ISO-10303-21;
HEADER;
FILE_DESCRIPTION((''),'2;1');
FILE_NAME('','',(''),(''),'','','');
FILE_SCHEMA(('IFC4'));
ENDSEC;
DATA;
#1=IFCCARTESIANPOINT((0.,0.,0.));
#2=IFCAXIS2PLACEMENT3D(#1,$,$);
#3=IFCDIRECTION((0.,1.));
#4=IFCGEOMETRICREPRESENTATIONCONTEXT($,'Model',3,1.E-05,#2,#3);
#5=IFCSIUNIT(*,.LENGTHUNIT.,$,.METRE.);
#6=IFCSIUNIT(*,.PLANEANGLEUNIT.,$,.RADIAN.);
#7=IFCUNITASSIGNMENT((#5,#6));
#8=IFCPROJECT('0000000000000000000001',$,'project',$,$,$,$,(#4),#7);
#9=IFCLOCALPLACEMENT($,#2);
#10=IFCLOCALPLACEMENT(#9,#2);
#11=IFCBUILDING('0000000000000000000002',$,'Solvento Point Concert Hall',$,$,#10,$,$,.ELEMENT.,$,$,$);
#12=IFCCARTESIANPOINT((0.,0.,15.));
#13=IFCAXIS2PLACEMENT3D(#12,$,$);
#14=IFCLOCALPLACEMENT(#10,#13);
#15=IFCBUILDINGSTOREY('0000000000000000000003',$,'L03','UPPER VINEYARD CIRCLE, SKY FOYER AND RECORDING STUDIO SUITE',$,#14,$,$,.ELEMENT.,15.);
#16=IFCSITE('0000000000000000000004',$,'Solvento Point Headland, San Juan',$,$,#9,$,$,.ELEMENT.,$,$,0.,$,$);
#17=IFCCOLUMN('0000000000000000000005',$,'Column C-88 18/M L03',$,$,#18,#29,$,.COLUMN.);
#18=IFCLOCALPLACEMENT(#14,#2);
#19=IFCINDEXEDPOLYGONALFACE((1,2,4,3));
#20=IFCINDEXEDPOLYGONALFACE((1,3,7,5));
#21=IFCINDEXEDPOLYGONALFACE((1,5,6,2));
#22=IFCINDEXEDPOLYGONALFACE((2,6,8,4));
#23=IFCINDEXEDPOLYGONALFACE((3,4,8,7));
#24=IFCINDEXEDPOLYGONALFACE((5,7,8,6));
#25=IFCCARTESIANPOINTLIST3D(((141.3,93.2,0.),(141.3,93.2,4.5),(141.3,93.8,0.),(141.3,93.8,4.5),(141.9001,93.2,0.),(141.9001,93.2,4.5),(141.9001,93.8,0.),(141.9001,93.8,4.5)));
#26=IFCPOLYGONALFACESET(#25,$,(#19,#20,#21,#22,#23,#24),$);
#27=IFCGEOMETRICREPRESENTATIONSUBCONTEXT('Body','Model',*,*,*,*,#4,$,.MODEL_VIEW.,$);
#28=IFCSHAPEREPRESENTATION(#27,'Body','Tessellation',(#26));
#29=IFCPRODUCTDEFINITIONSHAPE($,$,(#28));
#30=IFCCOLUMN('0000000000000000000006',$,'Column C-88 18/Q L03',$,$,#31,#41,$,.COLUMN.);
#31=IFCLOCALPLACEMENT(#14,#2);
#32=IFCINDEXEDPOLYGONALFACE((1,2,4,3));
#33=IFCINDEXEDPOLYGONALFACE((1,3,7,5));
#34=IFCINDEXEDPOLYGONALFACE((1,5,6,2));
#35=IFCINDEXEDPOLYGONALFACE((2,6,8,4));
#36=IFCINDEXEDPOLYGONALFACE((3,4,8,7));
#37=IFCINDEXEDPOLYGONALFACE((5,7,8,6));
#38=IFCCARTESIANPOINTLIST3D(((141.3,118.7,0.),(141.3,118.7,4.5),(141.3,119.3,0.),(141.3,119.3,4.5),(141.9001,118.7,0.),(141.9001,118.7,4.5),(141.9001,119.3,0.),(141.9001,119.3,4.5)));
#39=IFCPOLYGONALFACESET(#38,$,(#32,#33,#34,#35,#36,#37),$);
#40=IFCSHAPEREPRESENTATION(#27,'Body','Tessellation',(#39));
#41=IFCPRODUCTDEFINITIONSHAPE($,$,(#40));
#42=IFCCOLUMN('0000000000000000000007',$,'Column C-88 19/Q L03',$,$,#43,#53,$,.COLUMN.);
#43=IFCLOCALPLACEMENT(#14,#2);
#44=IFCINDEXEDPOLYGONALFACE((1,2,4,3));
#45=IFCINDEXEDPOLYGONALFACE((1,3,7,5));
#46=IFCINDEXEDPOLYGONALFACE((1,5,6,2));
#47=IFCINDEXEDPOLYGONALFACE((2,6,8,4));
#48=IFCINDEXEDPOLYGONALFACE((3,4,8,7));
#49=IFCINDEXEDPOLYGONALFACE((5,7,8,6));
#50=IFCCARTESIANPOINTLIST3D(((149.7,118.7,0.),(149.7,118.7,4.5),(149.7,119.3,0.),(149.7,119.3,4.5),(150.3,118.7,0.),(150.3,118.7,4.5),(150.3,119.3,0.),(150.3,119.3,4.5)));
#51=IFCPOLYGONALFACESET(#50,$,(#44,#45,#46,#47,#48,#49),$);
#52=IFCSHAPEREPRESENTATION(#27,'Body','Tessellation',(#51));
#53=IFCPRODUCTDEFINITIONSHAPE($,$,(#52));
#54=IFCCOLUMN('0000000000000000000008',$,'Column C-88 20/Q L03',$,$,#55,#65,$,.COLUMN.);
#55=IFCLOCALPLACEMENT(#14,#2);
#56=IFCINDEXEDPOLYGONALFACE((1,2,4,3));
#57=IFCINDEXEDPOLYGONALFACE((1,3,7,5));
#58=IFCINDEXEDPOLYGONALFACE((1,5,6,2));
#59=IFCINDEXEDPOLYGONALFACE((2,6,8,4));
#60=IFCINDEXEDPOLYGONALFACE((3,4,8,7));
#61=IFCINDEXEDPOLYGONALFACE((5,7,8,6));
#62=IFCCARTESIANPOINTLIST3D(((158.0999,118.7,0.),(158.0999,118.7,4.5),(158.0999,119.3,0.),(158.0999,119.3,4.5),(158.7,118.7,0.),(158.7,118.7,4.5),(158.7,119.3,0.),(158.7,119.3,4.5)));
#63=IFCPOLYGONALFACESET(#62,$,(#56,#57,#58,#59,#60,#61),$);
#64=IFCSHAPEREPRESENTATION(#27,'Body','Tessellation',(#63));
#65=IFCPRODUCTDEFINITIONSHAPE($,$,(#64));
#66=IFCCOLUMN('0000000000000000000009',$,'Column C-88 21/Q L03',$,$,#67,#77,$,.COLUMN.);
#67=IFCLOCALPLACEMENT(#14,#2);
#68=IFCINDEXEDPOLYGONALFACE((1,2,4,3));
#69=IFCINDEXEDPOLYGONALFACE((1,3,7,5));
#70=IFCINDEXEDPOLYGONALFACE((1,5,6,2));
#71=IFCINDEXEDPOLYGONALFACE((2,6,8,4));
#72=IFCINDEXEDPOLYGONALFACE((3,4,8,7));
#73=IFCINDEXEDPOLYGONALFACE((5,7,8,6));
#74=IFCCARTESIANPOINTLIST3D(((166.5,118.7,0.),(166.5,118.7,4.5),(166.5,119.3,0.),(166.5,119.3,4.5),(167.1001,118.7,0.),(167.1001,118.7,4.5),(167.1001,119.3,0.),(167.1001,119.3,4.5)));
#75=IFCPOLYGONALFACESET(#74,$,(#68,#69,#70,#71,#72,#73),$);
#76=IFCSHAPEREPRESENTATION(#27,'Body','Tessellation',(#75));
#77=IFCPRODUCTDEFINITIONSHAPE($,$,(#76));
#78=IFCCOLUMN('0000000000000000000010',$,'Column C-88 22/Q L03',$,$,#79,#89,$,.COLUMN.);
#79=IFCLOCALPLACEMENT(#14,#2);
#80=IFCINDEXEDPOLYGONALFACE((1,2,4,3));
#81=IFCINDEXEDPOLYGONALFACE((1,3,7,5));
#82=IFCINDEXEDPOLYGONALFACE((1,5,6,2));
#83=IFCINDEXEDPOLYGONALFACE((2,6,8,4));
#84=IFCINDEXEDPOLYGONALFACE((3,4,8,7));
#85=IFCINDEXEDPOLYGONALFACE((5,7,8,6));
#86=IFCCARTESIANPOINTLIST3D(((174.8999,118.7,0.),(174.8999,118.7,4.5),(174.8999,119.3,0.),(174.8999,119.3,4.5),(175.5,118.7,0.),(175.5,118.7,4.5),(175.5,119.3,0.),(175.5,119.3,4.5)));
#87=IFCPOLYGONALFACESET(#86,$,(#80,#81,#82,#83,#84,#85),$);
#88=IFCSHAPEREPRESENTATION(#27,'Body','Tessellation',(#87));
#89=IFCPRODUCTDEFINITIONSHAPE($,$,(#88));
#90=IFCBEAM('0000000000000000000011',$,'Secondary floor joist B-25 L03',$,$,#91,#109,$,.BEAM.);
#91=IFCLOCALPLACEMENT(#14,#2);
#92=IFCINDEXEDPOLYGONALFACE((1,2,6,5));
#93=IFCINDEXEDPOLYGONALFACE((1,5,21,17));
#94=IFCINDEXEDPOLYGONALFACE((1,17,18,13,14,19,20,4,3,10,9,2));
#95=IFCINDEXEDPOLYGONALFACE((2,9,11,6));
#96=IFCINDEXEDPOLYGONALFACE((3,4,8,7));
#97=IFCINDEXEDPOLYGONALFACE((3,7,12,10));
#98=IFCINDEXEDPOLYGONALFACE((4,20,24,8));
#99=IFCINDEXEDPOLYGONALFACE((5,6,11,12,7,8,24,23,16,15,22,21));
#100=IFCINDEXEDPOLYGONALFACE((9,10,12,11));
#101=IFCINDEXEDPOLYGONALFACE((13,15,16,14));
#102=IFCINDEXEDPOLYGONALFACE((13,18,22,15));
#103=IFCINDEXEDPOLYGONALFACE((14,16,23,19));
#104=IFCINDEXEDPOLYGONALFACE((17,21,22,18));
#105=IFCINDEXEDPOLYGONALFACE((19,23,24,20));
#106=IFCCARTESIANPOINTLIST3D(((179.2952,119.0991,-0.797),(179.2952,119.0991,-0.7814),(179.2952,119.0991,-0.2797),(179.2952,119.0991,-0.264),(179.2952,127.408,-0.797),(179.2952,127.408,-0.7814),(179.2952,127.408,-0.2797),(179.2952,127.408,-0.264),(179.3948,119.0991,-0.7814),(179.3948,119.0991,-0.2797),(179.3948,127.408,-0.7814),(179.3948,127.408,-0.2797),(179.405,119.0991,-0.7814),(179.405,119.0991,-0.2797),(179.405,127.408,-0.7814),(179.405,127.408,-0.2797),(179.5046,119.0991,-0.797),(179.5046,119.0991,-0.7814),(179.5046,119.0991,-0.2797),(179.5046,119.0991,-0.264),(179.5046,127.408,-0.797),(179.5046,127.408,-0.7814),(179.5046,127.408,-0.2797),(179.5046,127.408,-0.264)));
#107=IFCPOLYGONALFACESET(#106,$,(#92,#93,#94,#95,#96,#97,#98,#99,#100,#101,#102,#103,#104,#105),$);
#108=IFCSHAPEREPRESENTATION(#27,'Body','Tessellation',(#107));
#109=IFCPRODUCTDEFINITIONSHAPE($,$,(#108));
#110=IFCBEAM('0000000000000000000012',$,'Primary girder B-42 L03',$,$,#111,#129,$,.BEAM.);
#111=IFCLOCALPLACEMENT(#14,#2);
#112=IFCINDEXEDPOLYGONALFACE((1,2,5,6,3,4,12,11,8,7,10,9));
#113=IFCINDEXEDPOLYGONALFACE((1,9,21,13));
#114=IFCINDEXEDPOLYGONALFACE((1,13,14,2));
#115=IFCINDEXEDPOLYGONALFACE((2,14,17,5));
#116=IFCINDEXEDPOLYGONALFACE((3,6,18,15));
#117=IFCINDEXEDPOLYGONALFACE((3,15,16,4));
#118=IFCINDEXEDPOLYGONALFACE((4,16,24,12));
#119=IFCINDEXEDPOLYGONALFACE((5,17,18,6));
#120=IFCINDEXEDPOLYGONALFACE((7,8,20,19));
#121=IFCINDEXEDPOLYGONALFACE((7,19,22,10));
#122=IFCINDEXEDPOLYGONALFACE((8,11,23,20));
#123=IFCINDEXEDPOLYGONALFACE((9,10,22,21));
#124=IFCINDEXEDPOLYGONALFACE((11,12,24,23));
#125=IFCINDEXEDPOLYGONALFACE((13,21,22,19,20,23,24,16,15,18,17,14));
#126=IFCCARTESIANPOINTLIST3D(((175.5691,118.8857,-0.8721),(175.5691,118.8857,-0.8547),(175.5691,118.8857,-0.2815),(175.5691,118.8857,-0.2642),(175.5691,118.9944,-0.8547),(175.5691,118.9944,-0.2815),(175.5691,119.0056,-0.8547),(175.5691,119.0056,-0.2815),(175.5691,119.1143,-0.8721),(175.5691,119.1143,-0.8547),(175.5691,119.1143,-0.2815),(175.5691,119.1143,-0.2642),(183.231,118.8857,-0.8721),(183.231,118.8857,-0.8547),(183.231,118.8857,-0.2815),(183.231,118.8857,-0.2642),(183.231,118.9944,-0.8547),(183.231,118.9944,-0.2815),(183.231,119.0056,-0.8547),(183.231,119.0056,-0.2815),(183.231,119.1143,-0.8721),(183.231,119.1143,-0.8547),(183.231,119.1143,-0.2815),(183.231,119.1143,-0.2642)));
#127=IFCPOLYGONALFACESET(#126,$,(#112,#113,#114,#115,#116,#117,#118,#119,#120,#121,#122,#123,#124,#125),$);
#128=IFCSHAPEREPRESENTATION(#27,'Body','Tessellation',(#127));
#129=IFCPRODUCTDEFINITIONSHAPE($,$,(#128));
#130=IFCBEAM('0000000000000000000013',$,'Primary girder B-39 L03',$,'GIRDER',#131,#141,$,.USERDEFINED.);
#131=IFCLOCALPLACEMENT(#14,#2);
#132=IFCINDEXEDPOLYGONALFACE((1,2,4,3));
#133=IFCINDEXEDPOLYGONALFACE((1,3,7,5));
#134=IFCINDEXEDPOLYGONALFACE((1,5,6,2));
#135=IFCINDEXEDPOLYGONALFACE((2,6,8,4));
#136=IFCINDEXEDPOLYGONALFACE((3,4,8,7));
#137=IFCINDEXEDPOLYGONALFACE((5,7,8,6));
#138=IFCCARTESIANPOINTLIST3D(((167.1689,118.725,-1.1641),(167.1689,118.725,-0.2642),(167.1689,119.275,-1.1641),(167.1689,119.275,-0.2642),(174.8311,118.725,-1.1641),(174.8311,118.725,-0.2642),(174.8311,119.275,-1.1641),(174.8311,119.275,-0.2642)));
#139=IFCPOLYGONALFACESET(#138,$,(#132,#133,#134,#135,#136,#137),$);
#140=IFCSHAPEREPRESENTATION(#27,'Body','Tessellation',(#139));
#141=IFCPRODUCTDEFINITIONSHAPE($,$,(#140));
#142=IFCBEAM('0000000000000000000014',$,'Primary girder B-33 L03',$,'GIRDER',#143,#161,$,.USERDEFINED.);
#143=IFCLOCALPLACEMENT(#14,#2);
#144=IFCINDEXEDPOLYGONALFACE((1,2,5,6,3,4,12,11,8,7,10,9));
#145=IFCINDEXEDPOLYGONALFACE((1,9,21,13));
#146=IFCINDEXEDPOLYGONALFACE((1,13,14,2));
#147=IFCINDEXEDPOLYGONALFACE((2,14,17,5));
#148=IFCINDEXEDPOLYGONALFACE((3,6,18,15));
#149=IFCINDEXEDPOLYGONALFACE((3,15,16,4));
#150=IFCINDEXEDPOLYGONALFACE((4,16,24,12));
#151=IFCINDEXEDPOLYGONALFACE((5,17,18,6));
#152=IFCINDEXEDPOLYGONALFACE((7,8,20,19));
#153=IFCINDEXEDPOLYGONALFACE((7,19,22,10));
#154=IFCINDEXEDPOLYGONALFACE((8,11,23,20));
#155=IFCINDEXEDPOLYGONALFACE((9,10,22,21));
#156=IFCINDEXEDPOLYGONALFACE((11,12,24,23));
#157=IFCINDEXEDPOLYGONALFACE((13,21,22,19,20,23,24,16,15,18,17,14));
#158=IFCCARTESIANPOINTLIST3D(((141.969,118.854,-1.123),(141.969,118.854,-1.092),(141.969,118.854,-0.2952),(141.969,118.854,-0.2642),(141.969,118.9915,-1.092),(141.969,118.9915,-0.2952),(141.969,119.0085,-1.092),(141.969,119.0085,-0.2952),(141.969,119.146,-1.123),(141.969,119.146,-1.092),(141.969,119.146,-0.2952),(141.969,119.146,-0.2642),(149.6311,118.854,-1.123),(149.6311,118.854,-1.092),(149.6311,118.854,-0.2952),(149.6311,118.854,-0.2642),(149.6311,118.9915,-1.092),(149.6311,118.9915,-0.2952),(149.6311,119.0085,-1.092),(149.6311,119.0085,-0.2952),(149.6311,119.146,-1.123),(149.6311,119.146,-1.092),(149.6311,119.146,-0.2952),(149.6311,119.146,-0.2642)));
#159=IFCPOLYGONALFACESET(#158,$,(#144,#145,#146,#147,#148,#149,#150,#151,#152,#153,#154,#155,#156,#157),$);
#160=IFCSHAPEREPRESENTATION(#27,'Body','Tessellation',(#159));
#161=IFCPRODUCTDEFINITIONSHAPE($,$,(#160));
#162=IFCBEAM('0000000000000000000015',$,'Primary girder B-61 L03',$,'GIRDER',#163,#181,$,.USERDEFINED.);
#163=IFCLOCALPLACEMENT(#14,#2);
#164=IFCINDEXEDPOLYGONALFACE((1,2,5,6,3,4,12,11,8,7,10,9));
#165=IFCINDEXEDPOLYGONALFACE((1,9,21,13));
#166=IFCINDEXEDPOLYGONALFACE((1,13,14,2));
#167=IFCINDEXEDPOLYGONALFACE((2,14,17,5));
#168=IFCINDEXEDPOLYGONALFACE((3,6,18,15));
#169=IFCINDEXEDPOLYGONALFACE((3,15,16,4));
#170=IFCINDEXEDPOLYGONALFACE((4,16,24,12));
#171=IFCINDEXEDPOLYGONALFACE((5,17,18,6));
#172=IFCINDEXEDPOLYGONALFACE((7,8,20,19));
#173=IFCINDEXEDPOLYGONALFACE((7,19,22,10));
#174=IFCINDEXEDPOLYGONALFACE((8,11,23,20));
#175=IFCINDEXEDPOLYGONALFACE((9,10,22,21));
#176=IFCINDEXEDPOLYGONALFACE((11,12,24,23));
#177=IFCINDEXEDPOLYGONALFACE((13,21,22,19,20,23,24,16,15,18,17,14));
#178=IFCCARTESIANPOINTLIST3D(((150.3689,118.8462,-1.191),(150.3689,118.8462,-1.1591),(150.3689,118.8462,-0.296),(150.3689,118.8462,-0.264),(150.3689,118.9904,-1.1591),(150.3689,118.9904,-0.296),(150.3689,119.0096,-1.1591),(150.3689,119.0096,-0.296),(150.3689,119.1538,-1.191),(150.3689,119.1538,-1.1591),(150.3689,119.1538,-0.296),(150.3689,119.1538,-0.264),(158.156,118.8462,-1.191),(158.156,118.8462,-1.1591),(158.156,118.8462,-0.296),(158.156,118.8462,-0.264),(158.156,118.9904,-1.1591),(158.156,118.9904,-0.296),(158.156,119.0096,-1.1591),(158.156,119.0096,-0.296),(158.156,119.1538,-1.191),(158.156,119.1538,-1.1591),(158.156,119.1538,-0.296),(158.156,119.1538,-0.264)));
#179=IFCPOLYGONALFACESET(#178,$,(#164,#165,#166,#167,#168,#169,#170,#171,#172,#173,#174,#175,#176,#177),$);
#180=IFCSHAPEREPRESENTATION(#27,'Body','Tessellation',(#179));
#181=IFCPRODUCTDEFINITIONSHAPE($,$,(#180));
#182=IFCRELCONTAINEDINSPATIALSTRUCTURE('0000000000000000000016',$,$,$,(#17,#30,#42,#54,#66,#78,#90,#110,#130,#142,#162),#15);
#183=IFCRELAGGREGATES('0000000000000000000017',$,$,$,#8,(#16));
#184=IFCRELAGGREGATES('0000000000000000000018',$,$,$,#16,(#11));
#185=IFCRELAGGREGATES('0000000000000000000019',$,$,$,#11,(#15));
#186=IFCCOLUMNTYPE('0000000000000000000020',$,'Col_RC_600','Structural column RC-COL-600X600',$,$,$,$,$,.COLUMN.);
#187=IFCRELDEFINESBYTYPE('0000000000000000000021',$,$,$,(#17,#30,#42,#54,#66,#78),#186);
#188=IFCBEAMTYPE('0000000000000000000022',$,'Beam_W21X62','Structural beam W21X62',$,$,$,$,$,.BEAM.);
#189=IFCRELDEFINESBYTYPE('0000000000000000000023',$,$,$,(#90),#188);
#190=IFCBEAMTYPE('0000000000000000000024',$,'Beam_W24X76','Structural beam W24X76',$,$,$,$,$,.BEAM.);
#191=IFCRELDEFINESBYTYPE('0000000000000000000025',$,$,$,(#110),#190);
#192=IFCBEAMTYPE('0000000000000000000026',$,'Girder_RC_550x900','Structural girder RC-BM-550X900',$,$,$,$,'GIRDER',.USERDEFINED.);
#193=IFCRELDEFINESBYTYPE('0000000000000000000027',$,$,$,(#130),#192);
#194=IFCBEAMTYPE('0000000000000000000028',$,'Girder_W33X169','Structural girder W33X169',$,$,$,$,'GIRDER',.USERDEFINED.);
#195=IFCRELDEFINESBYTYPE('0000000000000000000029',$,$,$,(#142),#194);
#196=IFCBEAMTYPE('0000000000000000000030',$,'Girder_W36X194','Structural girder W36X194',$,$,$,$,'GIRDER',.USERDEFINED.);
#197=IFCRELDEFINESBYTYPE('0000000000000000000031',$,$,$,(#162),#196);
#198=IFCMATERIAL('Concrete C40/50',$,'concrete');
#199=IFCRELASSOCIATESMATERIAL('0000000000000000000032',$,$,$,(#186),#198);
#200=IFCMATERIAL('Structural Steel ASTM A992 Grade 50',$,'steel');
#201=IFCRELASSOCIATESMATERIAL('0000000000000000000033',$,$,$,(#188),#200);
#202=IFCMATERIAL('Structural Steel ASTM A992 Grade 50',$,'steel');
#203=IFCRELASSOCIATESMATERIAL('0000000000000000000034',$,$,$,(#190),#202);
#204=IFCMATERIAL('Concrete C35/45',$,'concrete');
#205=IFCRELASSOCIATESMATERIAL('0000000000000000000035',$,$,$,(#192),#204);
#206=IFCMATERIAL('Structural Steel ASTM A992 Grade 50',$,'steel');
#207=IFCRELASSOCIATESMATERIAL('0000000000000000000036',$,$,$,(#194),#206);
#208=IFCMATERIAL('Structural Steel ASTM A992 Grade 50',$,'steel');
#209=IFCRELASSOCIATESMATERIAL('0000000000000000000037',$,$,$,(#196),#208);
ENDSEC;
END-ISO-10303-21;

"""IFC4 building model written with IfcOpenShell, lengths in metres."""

from ifc_helpers import new_model, si_unit, direction, frame, origin, origin_2d, place, context, subcontext, project, spatial, rectangle, i_section, extrude, material, material_profile, profile_set, type_object, element, save


model = new_model("IFC4")

# Units and contexts
model_context = context("Model", 3, precision=1e-05, world=origin(), true_north=direction((0.0, 1.0)))
body_context = subcontext(model_context, "Body", "Model", "MODEL_VIEW")
ifc_project = project(units=[si_unit("LENGTHUNIT", "METRE"), si_unit("PLANEANGLEUNIT", "RADIAN")], contexts=[model_context])

# Site, building, storey
site_placement = place(None, origin())
site = spatial("IfcSite", under=ifc_project, at=site_placement, Name="Solvento Point Headland, San Juan", CompositionType="ELEMENT", RefElevation=0.0)
building_placement = place(site_placement, origin())
building = spatial("IfcBuilding", under=site, at=building_placement, Name="Solvento Point Concert Hall", CompositionType="ELEMENT")
storey_placement = place(building_placement, frame((0.0, 0.0, 15.0)))
storey = spatial("IfcBuildingStorey", under=building, at=storey_placement, Name="L03", Description="UPPER VINEYARD CIRCLE, SKY FOYER AND RECORDING STUDIO SUITE", CompositionType="ELEMENT", Elevation=15.0)

# Columns
ifc_material_1 = material(Name="Concrete C40/50", Category="concrete")
ifc_material_profile_1 = material_profile(ifc_material_1, rectangle(XDim=0.6001, YDim=0.6001, at=origin_2d()), Name="RC-COL-600X600")
ifc_profile_set_1 = profile_set([ifc_material_profile_1], Name="Concrete C40/50")
column_type = type_object("IfcColumnType", Name="Col_RC_600", Description="Structural column RC-COL-600X600", PredefinedType="COLUMN", material=ifc_profile_set_1)
for number, where, z_axis, x_axis, name in (
    (1, (141.6001, 93.5, 0.0), (0.0, 0.0, 1.0), (1.0, 0.0, 0.0), "Column C-88 18/M L03"),
    (2, (141.6001, 119.0, 0.0), (0.0, 0.0, 1.0), (1.0, 0.0, 0.0), "Column C-88 18/Q L03"),
    (3, (150.0, 119.0, 0.0), (0.0, 0.0, 1.0), (1.0, 0.0, 0.0), "Column C-88 19/Q L03"),
    (4, (158.3999, 119.0, 0.0), (0.0, 0.0, 1.0), (1.0, 0.0, 0.0), "Column C-88 20/Q L03"),
    (5, (166.8, 119.0, 0.0), (0.0, 0.0, 1.0), (1.0, 0.0, 0.0), "Column C-88 21/Q L03"),
    (6, (175.2, 119.0, 0.0), (0.0, 0.0, 1.0), (1.0, 0.0, 0.0), "Column C-88 22/Q L03"),
):
    element("IfcColumn", number, at=place(storey_placement, frame(where, z_axis=z_axis, x_axis=x_axis)), inside=storey, type_object=column_type, Name=name, PredefinedType="COLUMN", context=body_context, shape_type="SweptSolid", body=[
        extrude(rectangle(XDim=0.6001, YDim=0.6001, at=origin_2d()), origin(), (0.0, 0.0, 1.0), 4.5),
    ])

# Beams
ifc_material_2 = material(Name="Structural Steel ASTM A992 Grade 50", Category="steel")
ifc_material_profile_2 = material_profile(ifc_material_2, i_section(OverallWidth=0.2095, OverallDepth=0.533, WebThickness=0.0103, FlangeThickness=0.0156, at=origin_2d()), Name="W21X62")
ifc_profile_set_2 = profile_set([ifc_material_profile_2], Name="Structural Steel ASTM A992 Grade 50")
beam_type_1 = type_object("IfcBeamType", Name="Beam_W21X62", Description="Structural beam W21X62", PredefinedType="BEAM", material=ifc_profile_set_2)
beam_1_placement = place(storey_placement, frame((179.3999, 119.0991, -0.5305), z_axis=(0.0, 1.0, 0.0), x_axis=(-1.0, 0.0, 0.0)))
element("IfcBeam", 7, at=beam_1_placement, inside=storey, type_object=beam_type_1, Name="Secondary floor joist B-25 L03", PredefinedType="BEAM", context=body_context, shape_type="SweptSolid", body=[
    extrude(i_section(OverallWidth=0.2095, OverallDepth=0.533, WebThickness=0.0103, FlangeThickness=0.0156, at=origin_2d()), origin(), (0.0, 0.0, 1.0), 8.3088),
])
ifc_material_3 = material(Name="Structural Steel ASTM A992 Grade 50", Category="steel")
ifc_material_profile_3 = material_profile(ifc_material_3, i_section(OverallWidth=0.2285, OverallDepth=0.6079, WebThickness=0.0112, FlangeThickness=0.0173, at=origin_2d()), Name="W24X76")
ifc_profile_set_3 = profile_set([ifc_material_profile_3], Name="Structural Steel ASTM A992 Grade 50")
beam_type_2 = type_object("IfcBeamType", Name="Beam_W24X76", Description="Structural beam W24X76", PredefinedType="BEAM", material=ifc_profile_set_3)
beam_2_placement = place(storey_placement, frame((175.5691, 119.0, -0.5681), z_axis=(1.0, 0.0, 0.0), x_axis=(0.0, 1.0, 0.0)))
element("IfcBeam", 8, at=beam_2_placement, inside=storey, type_object=beam_type_2, Name="Primary girder B-42 L03", PredefinedType="BEAM", context=body_context, shape_type="SweptSolid", body=[
    extrude(i_section(OverallWidth=0.2285, OverallDepth=0.6079, WebThickness=0.0112, FlangeThickness=0.0173, at=origin_2d()), origin(), (0.0, 0.0, 1.0), 7.6619),
])
ifc_material_4 = material(Name="Concrete C35/45", Category="concrete")
ifc_material_profile_4 = material_profile(ifc_material_4, rectangle(XDim=0.55, YDim=0.8999, at=origin_2d()), Name="RC-BM-550X900")
ifc_profile_set_4 = profile_set([ifc_material_profile_4], Name="Concrete C35/45")
beam_type_3 = type_object("IfcBeamType", Name="Girder_RC_550x900", Description="Structural girder RC-BM-550X900", ElementType="GIRDER", PredefinedType="USERDEFINED", material=ifc_profile_set_4)
beam_3_placement = place(storey_placement, frame((167.1689, 119.0, -0.7141), z_axis=(1.0, 0.0, 0.0), x_axis=(0.0, 1.0, 0.0)))
element("IfcBeam", 9, at=beam_3_placement, inside=storey, type_object=beam_type_3, Name="Primary girder B-39 L03", ObjectType="GIRDER", PredefinedType="USERDEFINED", context=body_context, shape_type="SweptSolid", body=[
    extrude(rectangle(XDim=0.55, YDim=0.8999, at=origin_2d()), origin(), (0.0, 0.0, 1.0), 7.6621),
])
ifc_material_5 = material(Name="Structural Steel ASTM A992 Grade 50", Category="steel")
ifc_material_profile_5 = material_profile(ifc_material_5, i_section(OverallWidth=0.292, OverallDepth=0.8589, WebThickness=0.0171, FlangeThickness=0.031, at=origin_2d()), Name="W33X169")
ifc_profile_set_5 = profile_set([ifc_material_profile_5], Name="Structural Steel ASTM A992 Grade 50")
beam_type_4 = type_object("IfcBeamType", Name="Girder_W33X169", Description="Structural girder W33X169", ElementType="GIRDER", PredefinedType="USERDEFINED", material=ifc_profile_set_5)
beam_4_placement = place(storey_placement, frame((141.969, 119.0, -0.6936), z_axis=(1.0, 0.0, 0.0), x_axis=(0.0, 1.0, 0.0)))
element("IfcBeam", 10, at=beam_4_placement, inside=storey, type_object=beam_type_4, Name="Primary girder B-33 L03", ObjectType="GIRDER", PredefinedType="USERDEFINED", context=body_context, shape_type="SweptSolid", body=[
    extrude(i_section(OverallWidth=0.292, OverallDepth=0.8589, WebThickness=0.0171, FlangeThickness=0.031, at=origin_2d()), origin(), (0.0, 0.0, 1.0), 7.6621),
])
ifc_material_6 = material(Name="Structural Steel ASTM A992 Grade 50", Category="steel")
ifc_material_profile_6 = material_profile(ifc_material_6, i_section(OverallWidth=0.3076, OverallDepth=0.927, WebThickness=0.0193, FlangeThickness=0.032, at=origin_2d()), Name="W36X194")
ifc_profile_set_6 = profile_set([ifc_material_profile_6], Name="Structural Steel ASTM A992 Grade 50")
beam_type_5 = type_object("IfcBeamType", Name="Girder_W36X194", Description="Structural girder W36X194", ElementType="GIRDER", PredefinedType="USERDEFINED", material=ifc_profile_set_6)
beam_5_placement = place(storey_placement, frame((150.3689, 119.0, -0.7275), z_axis=(1.0, 0.0, 0.0), x_axis=(0.0, 1.0, 0.0)))
element("IfcBeam", 11, at=beam_5_placement, inside=storey, type_object=beam_type_5, Name="Primary girder B-61 L03", ObjectType="GIRDER", PredefinedType="USERDEFINED", context=body_context, shape_type="SweptSolid", body=[
    extrude(i_section(OverallWidth=0.3076, OverallDepth=0.927, WebThickness=0.0193, FlangeThickness=0.032, at=origin_2d()), origin(), (0.0, 0.0, 1.0), 7.7871),
])

save(model, "model.ifc")
